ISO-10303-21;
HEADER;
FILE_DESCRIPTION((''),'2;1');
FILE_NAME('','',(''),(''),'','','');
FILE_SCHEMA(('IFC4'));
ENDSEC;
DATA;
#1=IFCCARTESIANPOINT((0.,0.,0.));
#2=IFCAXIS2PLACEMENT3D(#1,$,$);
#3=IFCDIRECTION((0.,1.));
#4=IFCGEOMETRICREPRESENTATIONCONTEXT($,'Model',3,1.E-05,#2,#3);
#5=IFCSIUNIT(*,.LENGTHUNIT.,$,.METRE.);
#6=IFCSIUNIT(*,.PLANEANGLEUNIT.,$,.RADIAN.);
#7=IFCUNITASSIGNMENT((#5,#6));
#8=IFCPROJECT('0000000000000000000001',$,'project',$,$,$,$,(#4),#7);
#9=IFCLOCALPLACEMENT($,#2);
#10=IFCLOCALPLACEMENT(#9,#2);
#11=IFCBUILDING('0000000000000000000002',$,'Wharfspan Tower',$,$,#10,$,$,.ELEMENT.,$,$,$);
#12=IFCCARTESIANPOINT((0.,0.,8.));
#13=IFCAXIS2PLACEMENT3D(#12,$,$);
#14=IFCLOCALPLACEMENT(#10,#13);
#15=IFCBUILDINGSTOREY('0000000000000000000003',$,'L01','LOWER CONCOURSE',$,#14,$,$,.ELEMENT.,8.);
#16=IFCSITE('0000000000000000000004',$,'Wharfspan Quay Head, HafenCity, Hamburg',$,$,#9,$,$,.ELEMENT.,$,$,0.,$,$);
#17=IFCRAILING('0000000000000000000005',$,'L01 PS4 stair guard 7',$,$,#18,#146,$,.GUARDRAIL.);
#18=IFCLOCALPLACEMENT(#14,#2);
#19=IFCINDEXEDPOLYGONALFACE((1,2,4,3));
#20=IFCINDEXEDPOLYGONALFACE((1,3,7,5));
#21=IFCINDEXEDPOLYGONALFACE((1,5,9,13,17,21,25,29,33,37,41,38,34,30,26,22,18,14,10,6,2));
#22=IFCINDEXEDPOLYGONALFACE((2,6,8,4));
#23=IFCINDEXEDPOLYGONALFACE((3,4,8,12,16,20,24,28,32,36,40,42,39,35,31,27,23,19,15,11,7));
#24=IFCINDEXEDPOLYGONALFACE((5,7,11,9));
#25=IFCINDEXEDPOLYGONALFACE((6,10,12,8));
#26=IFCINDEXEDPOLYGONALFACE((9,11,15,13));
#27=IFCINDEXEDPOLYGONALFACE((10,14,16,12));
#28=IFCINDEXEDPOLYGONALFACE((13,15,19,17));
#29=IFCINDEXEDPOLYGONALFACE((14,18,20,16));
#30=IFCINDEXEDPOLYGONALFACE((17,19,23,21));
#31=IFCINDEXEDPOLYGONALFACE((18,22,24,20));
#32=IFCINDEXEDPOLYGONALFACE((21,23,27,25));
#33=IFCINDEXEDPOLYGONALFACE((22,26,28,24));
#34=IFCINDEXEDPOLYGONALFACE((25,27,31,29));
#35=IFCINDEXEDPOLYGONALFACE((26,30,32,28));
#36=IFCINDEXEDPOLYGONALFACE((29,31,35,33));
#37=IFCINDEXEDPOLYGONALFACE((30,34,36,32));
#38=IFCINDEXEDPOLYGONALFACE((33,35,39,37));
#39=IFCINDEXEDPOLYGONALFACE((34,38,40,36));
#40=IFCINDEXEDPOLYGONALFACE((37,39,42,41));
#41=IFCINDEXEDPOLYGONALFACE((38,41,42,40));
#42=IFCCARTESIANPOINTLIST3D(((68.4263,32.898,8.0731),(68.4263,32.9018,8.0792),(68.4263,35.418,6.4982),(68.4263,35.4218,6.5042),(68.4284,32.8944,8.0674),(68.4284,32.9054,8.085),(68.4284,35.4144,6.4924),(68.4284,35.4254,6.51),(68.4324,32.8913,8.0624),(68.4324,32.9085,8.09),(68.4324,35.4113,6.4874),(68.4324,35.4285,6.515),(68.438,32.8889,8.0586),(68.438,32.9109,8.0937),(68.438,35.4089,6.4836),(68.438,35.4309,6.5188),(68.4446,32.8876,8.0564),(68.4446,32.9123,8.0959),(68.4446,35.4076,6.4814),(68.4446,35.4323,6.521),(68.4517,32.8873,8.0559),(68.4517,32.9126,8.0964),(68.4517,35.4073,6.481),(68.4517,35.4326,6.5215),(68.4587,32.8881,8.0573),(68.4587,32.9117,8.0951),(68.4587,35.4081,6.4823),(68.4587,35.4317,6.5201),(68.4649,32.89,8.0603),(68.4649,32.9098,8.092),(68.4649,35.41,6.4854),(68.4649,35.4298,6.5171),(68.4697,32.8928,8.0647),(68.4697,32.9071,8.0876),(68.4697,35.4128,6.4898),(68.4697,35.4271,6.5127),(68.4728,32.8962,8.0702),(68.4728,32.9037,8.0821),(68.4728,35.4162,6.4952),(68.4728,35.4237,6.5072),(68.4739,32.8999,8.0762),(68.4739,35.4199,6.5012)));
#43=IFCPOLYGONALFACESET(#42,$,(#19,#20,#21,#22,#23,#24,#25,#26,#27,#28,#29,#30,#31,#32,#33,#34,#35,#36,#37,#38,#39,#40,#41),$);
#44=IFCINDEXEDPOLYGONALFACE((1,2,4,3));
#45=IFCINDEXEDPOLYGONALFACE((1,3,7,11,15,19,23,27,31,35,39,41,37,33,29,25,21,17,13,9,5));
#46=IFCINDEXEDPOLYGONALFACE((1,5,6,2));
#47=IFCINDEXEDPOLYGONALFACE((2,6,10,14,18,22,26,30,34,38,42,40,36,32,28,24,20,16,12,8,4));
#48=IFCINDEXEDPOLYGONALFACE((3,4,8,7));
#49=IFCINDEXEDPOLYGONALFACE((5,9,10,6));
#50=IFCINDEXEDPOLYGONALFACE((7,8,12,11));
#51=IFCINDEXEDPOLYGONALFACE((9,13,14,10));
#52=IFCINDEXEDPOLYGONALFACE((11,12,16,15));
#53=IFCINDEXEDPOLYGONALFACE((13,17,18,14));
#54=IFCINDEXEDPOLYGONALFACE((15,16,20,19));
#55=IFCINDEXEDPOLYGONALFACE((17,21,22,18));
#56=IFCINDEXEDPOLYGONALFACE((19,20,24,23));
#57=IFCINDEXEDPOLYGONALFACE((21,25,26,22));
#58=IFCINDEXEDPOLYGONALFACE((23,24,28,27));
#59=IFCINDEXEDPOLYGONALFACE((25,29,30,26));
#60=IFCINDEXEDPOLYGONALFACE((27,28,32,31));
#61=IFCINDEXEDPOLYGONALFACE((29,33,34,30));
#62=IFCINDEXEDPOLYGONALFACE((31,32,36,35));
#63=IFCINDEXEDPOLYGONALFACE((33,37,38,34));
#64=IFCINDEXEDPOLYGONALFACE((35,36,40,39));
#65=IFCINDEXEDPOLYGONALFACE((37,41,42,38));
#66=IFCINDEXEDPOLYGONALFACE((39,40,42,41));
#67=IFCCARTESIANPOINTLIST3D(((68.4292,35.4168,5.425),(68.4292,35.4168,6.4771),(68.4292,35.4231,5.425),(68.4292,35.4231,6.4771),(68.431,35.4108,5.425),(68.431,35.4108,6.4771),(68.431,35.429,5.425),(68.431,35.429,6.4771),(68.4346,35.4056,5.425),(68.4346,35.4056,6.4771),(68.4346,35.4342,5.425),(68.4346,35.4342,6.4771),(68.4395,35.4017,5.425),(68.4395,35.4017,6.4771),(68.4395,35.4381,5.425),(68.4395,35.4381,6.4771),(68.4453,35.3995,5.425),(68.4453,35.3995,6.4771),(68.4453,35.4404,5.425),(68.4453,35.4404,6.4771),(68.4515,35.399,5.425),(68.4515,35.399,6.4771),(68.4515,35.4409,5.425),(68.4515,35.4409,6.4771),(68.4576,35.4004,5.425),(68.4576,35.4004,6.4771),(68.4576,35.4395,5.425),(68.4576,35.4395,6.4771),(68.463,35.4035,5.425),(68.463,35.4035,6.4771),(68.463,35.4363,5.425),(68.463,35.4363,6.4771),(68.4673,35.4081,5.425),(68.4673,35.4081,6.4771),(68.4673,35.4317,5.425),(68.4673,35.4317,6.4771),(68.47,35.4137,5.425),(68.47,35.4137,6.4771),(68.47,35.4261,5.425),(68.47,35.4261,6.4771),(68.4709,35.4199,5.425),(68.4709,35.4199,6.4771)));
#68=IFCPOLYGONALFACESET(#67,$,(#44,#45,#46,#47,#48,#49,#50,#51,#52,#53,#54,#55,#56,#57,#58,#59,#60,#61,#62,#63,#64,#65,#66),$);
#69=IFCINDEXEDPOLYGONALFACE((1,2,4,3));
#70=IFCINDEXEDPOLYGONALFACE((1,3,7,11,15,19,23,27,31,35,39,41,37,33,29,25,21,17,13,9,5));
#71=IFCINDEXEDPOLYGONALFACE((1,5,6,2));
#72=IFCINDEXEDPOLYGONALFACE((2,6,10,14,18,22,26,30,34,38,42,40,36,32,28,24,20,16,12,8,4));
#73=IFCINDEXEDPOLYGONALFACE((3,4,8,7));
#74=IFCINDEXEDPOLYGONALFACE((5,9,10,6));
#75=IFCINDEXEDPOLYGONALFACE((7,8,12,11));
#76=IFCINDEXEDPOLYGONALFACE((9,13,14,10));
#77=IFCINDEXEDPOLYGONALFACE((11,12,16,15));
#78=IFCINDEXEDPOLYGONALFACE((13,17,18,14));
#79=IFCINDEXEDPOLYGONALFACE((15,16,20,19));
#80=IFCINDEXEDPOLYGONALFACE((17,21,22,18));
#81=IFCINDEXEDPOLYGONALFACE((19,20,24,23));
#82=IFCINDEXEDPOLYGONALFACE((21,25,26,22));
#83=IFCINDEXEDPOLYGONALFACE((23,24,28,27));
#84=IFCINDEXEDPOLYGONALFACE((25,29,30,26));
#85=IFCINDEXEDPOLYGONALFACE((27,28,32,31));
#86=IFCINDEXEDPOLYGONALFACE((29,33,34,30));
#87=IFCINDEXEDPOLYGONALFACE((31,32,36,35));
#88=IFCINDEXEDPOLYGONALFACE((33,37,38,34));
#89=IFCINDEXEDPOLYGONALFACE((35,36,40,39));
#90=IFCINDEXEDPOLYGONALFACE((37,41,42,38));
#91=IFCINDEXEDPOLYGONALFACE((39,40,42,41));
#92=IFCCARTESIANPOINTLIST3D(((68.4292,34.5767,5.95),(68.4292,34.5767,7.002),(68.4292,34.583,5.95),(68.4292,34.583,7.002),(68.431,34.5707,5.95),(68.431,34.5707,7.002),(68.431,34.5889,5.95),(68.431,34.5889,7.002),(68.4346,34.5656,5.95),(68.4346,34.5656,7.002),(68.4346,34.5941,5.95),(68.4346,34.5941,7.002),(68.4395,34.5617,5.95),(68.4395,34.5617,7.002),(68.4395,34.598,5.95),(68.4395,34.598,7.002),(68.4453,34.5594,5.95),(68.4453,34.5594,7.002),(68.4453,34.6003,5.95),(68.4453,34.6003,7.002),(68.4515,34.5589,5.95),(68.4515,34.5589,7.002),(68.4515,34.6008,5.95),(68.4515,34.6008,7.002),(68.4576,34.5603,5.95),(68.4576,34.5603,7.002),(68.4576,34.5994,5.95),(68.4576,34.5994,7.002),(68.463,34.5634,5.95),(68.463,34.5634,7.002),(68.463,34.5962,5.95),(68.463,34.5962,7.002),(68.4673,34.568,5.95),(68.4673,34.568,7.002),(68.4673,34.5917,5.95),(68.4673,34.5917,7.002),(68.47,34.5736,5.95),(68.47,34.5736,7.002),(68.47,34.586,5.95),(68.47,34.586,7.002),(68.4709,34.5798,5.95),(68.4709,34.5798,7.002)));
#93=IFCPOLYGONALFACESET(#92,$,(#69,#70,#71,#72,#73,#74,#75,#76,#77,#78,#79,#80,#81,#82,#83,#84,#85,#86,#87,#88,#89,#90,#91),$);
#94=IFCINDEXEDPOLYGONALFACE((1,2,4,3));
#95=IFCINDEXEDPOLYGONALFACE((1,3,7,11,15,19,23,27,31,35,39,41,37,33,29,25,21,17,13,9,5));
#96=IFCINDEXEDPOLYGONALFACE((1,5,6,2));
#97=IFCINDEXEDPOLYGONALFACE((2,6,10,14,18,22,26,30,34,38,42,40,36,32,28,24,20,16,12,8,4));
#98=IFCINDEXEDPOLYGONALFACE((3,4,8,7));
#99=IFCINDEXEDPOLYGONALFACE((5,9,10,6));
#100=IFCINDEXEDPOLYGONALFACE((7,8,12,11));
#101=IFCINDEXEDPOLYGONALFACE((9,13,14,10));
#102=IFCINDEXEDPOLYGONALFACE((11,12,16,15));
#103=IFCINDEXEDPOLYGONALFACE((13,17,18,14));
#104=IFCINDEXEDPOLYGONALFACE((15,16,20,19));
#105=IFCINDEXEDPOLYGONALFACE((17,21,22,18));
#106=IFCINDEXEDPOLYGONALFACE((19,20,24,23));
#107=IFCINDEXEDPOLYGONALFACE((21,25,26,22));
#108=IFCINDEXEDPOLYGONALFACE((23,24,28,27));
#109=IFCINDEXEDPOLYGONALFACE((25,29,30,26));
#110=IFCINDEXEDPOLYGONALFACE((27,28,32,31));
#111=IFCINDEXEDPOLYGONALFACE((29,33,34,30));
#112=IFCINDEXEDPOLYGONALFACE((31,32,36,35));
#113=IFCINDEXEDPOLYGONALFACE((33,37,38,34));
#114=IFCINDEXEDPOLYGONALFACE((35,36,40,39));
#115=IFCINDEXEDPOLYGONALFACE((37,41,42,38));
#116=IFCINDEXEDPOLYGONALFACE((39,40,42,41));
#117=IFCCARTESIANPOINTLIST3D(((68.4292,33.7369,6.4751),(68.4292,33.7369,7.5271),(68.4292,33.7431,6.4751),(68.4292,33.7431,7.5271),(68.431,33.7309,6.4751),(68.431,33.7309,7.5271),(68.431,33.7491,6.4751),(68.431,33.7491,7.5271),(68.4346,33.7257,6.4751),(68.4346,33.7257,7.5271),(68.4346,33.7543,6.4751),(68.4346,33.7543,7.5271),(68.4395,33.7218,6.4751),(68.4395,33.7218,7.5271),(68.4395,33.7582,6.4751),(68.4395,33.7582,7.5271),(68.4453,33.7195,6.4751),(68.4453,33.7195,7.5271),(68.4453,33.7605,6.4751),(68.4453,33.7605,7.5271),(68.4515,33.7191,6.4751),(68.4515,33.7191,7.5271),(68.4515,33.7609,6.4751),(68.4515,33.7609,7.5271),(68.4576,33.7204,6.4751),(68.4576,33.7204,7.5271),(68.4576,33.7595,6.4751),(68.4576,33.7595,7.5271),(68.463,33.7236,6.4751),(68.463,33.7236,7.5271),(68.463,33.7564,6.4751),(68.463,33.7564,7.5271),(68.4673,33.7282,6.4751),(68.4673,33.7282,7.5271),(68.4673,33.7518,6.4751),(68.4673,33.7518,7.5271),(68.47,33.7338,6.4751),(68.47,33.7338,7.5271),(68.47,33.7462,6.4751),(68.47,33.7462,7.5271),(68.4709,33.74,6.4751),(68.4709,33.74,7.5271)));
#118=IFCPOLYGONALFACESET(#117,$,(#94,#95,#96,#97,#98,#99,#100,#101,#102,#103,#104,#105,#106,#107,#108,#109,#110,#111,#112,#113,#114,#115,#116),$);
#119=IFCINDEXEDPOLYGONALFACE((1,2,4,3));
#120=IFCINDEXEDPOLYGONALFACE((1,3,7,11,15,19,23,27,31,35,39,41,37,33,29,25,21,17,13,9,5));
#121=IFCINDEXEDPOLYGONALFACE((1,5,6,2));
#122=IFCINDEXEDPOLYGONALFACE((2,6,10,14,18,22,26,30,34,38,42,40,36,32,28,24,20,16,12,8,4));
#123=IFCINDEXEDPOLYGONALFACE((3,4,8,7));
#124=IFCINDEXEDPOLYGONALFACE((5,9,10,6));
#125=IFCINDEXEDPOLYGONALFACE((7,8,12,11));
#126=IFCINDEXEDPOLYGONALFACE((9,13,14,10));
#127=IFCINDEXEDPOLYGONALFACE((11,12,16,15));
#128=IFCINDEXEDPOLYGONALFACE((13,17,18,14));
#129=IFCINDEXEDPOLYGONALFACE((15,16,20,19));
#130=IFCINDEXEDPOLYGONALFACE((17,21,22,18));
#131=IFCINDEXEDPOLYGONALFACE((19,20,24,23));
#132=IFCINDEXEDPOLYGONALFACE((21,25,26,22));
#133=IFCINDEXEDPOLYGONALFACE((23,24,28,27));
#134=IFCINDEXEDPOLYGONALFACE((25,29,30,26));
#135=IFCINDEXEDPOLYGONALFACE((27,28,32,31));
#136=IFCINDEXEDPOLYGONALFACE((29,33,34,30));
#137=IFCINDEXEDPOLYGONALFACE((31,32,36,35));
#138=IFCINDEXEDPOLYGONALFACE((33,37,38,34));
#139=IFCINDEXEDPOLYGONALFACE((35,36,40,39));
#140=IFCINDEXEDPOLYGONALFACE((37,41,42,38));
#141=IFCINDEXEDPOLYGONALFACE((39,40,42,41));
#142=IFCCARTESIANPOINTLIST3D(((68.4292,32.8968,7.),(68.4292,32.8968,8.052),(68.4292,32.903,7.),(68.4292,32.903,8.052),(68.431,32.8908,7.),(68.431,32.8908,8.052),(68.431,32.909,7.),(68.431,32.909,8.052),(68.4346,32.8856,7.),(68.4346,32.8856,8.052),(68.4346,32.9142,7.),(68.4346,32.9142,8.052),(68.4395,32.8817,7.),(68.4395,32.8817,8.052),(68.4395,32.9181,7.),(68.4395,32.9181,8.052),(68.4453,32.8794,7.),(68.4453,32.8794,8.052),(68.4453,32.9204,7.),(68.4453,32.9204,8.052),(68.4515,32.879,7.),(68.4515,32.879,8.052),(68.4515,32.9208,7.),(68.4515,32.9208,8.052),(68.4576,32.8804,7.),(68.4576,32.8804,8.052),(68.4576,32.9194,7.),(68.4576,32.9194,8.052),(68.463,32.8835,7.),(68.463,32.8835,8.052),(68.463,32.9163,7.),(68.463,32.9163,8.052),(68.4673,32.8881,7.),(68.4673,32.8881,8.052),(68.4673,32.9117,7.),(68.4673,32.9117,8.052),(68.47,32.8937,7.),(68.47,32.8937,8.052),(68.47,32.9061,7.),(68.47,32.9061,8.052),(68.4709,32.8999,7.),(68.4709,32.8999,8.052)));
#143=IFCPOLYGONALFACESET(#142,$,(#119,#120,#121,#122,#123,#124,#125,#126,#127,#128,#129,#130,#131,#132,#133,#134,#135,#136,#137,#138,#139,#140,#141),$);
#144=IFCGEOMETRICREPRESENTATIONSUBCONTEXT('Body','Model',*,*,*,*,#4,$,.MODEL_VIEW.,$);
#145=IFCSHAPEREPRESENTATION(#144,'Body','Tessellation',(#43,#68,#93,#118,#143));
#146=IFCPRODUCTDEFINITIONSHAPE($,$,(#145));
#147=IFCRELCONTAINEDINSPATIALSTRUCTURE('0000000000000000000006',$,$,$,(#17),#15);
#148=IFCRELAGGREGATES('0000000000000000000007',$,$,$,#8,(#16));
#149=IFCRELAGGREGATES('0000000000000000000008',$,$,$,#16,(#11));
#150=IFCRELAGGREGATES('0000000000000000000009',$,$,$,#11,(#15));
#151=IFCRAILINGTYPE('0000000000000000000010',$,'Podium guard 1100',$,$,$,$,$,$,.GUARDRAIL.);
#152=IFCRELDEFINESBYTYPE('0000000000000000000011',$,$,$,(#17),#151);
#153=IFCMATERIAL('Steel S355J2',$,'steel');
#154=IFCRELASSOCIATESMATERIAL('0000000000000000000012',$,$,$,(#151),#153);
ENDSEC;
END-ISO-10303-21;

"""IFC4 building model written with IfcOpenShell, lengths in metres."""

from ifc_helpers import new_model, si_unit, direction, frame, origin, origin_2d, place, context, subcontext, project, spatial, circle, extrude, material, type_object, element, save


model = new_model("IFC4")

# Units and contexts
model_context = context("Model", 3, precision=1e-05, world=origin(), true_north=direction((0.0, 1.0)))
body_context = subcontext(model_context, "Body", "Model", "MODEL_VIEW")
ifc_project = project(units=[si_unit("LENGTHUNIT", "METRE"), si_unit("PLANEANGLEUNIT", "RADIAN")], contexts=[model_context])

# Site, building, storey
site_placement = place(None, origin())
site = spatial("IfcSite", under=ifc_project, at=site_placement, Name="Wharfspan Quay Head, HafenCity, Hamburg", CompositionType="ELEMENT", RefElevation=0.0)
building_placement = place(site_placement, origin())
building = spatial("IfcBuilding", under=site, at=building_placement, Name="Wharfspan Tower", CompositionType="ELEMENT")
storey_placement = place(building_placement, frame((0.0, 0.0, 8.0)))
storey = spatial("IfcBuildingStorey", under=building, at=storey_placement, Name="L01", Description="LOWER CONCOURSE", CompositionType="ELEMENT", Elevation=8.0)

# Railing
ifc_material_1 = material(Name="Steel S355J2", Category="steel")
railing_type_1 = type_object("IfcRailingType", Name="Podium guard 1100", PredefinedType="GUARDRAIL", material=ifc_material_1)
railing_1_placement = place(storey_placement, frame((68.45, 35.4199, 5.425)))
element("IfcRailing", 1, at=railing_1_placement, inside=storey, type_object=railing_type_1, Name="L01 PS4 stair guard 7", PredefinedType="GUARDRAIL", context=body_context, shape_type="SweptSolid", body=[
    extrude(circle(Radius=0.0239, at=origin_2d()), frame((0.0, 0.0, 1.0762), z_axis=(0.0, -0.848008, 0.529984), x_axis=(1.0, 0.0, 0.0)), (0.0, 0.0, 1.0), 2.9717),
    extrude(circle(Radius=0.021, at=origin_2d()), origin(), (0.0, 0.0, 1.0), 1.052),
    extrude(circle(Radius=0.021, at=origin_2d()), frame((0.0, -0.8401, 0.5249)), (0.0, 0.0, 1.0), 1.052),
    extrude(circle(Radius=0.021, at=origin_2d()), frame((0.0, -1.6799, 1.05)), (0.0, 0.0, 1.0), 1.052),
    extrude(circle(Radius=0.021, at=origin_2d()), frame((0.0, -2.52, 1.575)), (0.0, 0.0, 1.0), 1.052),
])

save(model, "model.ifc")
